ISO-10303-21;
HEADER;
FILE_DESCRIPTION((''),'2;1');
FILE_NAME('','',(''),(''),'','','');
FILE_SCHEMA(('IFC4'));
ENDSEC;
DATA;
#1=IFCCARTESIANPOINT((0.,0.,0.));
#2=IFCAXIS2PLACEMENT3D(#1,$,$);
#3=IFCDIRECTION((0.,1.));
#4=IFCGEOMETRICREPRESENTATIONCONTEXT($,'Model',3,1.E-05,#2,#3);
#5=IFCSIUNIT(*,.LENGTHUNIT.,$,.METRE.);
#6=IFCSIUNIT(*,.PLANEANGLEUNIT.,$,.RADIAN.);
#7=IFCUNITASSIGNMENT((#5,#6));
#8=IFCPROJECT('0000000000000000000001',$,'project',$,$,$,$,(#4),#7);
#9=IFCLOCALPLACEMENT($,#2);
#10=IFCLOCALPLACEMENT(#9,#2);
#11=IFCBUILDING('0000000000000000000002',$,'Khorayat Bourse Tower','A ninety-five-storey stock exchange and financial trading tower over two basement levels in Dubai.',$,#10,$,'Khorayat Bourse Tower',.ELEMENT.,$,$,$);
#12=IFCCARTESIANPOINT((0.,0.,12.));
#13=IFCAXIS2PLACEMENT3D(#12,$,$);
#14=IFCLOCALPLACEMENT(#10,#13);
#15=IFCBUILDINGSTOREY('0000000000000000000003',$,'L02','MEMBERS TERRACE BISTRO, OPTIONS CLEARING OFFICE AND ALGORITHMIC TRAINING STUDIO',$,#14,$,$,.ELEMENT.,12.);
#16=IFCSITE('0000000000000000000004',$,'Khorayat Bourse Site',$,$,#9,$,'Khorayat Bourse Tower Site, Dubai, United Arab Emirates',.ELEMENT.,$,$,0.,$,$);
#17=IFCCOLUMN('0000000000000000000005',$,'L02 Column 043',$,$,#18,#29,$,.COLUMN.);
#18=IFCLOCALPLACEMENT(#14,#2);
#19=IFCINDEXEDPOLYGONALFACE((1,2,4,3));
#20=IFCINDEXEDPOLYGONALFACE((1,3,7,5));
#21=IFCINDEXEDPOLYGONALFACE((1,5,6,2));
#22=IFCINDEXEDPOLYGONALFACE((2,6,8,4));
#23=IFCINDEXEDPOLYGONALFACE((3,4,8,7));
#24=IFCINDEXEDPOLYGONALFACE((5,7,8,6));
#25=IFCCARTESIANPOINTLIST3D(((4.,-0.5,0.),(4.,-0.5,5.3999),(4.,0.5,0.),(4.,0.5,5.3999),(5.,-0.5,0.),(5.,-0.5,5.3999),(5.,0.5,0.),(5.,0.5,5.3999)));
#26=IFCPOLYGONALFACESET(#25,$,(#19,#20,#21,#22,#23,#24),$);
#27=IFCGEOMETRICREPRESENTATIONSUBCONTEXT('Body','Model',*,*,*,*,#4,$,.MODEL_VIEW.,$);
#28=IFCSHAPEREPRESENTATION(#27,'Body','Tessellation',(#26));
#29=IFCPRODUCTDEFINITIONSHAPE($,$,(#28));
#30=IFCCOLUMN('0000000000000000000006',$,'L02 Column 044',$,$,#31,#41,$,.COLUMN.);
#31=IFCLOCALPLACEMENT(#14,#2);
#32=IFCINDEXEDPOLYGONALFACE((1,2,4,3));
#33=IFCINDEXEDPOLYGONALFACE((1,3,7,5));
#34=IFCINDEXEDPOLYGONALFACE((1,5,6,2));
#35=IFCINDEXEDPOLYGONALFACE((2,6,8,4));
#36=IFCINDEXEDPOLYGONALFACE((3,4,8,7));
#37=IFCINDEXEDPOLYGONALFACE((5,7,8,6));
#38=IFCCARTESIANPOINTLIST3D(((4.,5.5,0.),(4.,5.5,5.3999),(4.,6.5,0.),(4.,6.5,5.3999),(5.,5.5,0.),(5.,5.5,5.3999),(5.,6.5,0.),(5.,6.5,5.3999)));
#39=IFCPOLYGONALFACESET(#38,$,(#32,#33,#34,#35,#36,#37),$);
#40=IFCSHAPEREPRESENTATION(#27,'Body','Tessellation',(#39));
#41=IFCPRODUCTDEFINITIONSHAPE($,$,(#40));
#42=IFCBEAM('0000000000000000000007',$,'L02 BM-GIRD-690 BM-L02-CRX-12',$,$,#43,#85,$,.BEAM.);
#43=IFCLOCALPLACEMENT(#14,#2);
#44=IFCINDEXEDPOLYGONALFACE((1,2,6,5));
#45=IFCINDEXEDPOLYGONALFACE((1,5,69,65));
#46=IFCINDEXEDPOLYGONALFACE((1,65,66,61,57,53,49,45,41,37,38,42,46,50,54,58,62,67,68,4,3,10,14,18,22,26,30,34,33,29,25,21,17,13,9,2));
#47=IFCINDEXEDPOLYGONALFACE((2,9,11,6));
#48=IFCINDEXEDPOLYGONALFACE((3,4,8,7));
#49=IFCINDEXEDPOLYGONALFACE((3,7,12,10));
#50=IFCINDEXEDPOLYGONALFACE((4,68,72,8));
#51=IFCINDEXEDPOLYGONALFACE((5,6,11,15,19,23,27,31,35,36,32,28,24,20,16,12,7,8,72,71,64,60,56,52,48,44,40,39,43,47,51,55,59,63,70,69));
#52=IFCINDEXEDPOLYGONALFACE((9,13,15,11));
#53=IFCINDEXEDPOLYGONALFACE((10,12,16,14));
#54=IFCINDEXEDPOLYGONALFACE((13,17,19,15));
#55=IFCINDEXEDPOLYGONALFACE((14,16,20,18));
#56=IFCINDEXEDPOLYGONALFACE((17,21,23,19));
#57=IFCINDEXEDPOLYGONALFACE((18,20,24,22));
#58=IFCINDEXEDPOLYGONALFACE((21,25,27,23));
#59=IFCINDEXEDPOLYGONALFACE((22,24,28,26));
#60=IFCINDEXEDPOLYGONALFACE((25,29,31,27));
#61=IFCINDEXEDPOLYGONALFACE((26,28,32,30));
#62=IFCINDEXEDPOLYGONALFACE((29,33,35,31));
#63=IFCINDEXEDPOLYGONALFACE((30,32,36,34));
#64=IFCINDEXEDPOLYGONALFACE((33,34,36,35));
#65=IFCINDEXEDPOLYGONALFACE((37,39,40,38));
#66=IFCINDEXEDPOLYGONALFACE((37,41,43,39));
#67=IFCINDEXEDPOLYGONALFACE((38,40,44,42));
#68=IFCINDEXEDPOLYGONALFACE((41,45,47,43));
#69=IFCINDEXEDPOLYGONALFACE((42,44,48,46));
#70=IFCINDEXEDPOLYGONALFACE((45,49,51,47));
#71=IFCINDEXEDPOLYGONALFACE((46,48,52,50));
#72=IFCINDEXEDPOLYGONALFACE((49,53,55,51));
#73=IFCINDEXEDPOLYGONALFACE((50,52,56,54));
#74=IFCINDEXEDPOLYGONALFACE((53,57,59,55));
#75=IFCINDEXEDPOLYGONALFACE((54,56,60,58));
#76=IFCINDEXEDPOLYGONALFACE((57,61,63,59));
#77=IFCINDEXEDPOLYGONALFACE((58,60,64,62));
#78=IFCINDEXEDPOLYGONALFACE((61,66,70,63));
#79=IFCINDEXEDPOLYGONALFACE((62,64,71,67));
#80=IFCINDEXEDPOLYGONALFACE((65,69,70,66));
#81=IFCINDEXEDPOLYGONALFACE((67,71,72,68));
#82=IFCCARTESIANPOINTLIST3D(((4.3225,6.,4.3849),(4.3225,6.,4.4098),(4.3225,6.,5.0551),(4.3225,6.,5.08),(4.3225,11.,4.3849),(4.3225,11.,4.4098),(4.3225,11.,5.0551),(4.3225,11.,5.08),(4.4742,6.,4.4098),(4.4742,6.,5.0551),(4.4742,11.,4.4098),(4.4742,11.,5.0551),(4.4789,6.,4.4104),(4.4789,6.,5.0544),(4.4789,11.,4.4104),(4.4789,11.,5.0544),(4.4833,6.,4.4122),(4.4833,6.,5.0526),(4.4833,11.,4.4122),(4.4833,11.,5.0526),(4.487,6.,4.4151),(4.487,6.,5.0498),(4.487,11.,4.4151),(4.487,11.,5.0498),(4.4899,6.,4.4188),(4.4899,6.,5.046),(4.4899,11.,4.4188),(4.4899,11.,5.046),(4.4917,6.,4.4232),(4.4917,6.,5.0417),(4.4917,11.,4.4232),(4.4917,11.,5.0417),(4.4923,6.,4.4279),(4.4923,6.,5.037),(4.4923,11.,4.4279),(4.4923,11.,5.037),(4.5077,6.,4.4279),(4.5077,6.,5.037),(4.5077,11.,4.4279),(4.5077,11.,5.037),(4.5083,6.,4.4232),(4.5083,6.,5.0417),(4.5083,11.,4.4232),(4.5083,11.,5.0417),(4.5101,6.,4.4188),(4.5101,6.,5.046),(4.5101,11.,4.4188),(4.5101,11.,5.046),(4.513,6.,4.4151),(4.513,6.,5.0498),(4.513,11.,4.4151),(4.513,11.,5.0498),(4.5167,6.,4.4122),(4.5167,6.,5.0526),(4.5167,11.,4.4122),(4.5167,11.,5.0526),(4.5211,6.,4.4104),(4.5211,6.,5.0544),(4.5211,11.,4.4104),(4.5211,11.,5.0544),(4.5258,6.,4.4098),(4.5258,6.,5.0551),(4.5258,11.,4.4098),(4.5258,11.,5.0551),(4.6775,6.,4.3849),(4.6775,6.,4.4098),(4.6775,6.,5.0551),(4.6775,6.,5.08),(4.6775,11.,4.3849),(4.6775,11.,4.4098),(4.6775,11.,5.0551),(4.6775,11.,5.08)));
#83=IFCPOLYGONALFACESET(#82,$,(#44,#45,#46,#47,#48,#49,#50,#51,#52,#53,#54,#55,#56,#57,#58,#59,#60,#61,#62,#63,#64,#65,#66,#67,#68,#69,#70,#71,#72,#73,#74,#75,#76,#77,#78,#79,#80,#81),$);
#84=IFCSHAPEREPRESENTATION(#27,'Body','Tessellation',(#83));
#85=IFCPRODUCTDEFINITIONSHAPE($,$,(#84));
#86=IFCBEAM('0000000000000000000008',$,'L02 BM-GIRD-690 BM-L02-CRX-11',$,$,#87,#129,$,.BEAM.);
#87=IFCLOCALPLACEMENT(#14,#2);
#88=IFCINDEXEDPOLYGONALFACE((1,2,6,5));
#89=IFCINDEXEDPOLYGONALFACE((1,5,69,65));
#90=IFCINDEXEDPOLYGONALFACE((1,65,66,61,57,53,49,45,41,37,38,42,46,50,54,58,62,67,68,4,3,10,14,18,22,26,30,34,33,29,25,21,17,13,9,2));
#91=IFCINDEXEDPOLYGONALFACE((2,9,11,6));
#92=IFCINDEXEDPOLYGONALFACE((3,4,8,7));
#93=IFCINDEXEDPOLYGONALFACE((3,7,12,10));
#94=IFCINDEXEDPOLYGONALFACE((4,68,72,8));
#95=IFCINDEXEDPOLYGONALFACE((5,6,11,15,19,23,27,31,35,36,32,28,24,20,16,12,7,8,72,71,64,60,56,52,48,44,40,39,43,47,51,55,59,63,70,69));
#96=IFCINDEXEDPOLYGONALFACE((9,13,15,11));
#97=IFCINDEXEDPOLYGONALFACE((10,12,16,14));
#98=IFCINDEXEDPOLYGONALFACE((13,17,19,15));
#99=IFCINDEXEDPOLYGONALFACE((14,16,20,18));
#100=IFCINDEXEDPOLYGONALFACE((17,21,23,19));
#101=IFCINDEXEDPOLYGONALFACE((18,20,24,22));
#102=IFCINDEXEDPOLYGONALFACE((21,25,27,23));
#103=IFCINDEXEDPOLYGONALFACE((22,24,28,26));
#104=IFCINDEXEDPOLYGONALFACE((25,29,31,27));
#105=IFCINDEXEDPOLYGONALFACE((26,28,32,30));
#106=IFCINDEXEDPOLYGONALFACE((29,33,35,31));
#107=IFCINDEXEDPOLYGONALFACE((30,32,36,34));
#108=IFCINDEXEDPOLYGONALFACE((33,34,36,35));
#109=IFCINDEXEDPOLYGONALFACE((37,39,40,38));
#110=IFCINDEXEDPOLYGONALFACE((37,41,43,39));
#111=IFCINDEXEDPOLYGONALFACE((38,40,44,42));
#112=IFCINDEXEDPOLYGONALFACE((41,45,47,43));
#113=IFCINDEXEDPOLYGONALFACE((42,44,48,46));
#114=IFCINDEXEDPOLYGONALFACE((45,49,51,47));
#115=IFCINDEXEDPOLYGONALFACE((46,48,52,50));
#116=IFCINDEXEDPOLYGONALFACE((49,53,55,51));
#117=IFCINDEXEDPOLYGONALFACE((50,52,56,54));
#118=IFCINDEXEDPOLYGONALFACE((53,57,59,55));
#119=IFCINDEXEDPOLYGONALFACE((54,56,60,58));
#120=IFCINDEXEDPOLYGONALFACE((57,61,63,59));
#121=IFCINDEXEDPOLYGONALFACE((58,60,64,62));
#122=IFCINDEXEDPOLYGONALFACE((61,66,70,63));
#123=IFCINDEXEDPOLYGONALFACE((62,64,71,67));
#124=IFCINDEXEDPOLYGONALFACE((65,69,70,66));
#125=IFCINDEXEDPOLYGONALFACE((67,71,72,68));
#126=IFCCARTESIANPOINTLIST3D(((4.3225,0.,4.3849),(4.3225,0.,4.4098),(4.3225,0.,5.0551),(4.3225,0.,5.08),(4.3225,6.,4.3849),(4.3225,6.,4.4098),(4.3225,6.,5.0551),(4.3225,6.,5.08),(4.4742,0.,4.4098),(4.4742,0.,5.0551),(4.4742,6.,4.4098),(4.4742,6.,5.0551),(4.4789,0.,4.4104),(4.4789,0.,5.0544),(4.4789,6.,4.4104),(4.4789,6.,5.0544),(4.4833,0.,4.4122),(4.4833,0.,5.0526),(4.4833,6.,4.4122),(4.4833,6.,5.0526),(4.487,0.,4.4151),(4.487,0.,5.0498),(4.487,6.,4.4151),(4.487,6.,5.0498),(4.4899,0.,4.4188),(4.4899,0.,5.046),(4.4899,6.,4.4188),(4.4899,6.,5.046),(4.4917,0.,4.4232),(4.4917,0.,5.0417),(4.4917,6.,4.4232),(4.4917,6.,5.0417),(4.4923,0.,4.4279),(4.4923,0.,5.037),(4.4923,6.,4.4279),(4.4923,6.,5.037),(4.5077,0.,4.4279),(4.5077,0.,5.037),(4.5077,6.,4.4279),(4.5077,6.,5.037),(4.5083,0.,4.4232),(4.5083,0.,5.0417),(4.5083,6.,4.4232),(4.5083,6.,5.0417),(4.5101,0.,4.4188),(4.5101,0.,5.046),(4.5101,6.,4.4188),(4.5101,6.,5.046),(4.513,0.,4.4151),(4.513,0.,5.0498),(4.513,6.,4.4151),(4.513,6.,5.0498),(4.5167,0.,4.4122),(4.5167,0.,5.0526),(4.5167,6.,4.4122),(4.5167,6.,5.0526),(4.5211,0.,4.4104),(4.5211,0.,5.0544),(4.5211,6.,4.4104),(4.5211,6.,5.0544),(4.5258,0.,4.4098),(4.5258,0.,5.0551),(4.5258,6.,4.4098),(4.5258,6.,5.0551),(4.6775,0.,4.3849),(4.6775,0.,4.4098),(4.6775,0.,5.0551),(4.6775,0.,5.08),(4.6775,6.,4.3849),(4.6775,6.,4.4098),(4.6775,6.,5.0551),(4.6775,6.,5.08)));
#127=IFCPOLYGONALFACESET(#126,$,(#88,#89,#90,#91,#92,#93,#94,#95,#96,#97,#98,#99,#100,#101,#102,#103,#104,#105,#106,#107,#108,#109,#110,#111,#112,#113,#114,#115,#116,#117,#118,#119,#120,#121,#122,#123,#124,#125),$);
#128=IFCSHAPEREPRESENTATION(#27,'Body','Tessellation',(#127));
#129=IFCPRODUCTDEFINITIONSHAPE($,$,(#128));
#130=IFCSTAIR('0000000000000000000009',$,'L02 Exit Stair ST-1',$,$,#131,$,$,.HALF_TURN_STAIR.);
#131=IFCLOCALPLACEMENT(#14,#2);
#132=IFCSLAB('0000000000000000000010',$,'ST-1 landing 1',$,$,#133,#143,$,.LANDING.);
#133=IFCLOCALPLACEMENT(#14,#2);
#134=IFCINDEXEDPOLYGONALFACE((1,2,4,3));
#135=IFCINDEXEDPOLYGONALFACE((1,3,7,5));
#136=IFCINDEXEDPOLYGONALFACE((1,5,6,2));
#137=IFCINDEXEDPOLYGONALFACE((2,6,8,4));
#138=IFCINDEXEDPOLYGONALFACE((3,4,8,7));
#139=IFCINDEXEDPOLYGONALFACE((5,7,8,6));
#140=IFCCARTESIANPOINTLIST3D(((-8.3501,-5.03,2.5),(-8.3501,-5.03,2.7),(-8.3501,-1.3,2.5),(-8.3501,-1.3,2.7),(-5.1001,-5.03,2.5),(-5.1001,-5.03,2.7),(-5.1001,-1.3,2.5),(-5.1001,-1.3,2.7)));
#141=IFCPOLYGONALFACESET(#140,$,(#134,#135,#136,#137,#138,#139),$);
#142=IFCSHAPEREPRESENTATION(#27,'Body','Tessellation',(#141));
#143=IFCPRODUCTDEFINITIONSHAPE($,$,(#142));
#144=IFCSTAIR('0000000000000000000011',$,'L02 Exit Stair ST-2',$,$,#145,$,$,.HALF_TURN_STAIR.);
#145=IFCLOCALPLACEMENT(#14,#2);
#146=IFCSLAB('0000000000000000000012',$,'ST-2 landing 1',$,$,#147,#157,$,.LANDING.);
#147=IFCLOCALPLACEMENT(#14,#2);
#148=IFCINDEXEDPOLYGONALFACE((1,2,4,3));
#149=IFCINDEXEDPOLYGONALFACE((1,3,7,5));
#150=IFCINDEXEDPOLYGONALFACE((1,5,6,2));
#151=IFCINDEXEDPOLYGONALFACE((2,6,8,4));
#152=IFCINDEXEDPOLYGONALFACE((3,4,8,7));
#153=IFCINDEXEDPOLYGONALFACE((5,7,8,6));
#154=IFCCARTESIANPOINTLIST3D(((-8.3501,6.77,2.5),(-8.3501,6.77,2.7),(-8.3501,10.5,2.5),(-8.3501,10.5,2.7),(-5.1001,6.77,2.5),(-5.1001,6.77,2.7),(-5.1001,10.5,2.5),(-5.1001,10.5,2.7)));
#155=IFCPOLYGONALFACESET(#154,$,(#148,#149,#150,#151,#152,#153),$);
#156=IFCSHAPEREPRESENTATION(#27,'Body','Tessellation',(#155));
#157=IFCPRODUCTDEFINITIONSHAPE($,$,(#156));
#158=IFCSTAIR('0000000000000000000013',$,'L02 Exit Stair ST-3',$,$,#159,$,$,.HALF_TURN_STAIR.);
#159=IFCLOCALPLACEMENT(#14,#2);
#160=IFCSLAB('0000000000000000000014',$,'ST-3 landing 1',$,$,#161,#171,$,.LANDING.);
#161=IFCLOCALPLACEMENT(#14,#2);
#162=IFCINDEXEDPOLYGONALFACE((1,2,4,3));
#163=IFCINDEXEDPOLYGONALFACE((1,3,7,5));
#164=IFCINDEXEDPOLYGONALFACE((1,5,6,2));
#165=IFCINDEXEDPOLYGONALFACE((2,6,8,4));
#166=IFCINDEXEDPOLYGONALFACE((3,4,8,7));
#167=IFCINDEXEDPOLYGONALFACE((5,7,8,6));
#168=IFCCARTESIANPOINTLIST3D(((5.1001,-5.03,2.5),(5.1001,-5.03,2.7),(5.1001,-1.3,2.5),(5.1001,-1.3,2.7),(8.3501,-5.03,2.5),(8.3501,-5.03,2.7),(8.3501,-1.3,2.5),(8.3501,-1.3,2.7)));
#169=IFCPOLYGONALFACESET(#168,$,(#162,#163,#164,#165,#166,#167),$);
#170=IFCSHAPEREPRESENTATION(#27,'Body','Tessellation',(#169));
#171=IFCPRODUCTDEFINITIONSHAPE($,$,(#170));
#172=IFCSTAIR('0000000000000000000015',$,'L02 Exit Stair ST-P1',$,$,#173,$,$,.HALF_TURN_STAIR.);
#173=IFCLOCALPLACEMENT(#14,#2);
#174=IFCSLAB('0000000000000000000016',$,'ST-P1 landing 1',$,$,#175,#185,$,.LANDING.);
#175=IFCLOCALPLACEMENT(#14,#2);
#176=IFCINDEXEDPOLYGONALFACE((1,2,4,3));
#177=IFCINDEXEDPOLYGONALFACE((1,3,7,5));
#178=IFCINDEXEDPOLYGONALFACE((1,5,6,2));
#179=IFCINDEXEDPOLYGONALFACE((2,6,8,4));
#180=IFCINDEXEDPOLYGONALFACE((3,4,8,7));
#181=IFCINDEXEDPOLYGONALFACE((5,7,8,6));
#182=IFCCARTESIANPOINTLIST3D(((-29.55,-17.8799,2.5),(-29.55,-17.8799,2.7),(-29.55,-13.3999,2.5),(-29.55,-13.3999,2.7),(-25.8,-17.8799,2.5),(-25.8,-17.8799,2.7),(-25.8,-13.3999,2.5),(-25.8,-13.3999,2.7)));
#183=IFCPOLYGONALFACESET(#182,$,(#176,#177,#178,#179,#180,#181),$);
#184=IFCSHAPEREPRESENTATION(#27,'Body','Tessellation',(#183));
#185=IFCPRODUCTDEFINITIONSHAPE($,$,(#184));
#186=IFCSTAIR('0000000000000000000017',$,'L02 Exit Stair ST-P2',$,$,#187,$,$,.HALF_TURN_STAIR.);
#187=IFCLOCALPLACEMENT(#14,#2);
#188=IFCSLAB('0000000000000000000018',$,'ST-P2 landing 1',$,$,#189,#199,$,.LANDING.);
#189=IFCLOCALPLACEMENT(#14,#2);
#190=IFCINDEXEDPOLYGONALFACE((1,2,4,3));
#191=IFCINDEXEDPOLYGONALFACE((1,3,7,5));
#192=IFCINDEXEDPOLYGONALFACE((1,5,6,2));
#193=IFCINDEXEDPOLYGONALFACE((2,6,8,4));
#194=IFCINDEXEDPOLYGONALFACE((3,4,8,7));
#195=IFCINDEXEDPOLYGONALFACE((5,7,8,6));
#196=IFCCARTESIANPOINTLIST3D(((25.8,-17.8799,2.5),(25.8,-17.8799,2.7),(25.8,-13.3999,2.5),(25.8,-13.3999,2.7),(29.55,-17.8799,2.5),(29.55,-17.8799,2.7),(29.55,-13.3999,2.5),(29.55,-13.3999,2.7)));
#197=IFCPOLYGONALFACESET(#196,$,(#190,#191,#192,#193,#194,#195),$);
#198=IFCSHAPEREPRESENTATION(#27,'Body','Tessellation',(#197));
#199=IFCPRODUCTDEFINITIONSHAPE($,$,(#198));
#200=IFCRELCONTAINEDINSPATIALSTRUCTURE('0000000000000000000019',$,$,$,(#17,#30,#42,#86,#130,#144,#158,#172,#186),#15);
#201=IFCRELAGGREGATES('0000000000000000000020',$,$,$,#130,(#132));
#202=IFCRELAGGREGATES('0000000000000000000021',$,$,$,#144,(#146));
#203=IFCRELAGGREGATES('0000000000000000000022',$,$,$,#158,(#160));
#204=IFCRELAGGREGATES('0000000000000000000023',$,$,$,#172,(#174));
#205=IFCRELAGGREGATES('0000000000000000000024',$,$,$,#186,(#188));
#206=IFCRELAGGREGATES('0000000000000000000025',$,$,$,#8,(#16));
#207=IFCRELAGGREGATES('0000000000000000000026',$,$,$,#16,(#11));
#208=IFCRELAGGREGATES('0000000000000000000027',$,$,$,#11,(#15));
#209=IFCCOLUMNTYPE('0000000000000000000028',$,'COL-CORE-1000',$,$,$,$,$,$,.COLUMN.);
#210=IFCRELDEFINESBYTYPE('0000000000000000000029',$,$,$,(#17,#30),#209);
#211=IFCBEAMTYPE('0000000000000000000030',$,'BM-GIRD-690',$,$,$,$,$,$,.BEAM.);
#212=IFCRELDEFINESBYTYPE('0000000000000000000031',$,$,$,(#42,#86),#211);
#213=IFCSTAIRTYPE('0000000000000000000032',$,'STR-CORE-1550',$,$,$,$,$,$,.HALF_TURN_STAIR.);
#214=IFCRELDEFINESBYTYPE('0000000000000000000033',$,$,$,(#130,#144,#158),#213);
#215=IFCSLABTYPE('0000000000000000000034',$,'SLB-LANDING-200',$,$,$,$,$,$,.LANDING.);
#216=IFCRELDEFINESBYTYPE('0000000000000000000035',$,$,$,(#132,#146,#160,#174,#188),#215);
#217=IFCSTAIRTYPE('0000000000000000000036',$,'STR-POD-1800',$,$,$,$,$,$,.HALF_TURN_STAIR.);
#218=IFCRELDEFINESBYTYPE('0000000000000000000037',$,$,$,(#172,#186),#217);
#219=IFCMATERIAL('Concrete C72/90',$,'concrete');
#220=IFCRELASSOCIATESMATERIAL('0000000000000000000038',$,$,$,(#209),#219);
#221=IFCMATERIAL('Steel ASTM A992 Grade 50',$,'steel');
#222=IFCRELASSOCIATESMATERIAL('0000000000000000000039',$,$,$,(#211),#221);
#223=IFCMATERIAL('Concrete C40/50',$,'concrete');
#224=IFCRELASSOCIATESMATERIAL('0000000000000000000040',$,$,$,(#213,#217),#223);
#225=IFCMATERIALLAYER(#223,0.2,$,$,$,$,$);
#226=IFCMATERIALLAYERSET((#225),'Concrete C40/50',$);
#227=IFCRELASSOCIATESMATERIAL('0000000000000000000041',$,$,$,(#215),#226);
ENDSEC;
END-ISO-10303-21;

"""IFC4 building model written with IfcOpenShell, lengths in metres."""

from ifc_helpers import new_model, si_unit, direction, frame, origin, origin_2d, place, context, subcontext, project, spatial, polyline, rectangle, i_section, outline, extrude, source, transform, mapped, material, layer, layer_set, material_profile, profile_set, type_object, element, aggregate, save


model = new_model("IFC4")

# Units and contexts
model_context = context("Model", 3, precision=1e-05, world=origin(), true_north=direction((0.0, 1.0)))
body_context = subcontext(model_context, "Body", "Model", "MODEL_VIEW")
ifc_project = project(units=[si_unit("LENGTHUNIT", "METRE"), si_unit("PLANEANGLEUNIT", "RADIAN")], contexts=[model_context])

# Site, building, storey
site_placement = place(None, origin())
site = spatial("IfcSite", under=ifc_project, at=site_placement, Name="Khorayat Bourse Site", LongName="Khorayat Bourse Tower Site, Dubai, United Arab Emirates", CompositionType="ELEMENT", RefElevation=0.0)
building_placement = place(site_placement, origin())
building = spatial("IfcBuilding", under=site, at=building_placement, Name="Khorayat Bourse Tower", Description="A ninety-five-storey stock exchange and financial trading tower over two basement levels in Dubai.", LongName="Khorayat Bourse Tower", CompositionType="ELEMENT")
storey_placement = place(building_placement, frame((0.0, 0.0, 12.0)))
storey = spatial("IfcBuildingStorey", under=building, at=storey_placement, Name="L02", Description="MEMBERS TERRACE BISTRO, OPTIONS CLEARING OFFICE AND ALGORITHMIC TRAINING STUDIO", CompositionType="ELEMENT", Elevation=12.0)

# Columns
ifc_material_1 = material(Name="Concrete C72/90", Category="concrete")
ifc_material_profile_1 = material_profile(ifc_material_1, rectangle(XDim=1.0, YDim=1.0, at=origin_2d()), Name="RC 1000x1000")
ifc_profile_set_1 = profile_set([ifc_material_profile_1], Name="Concrete C72/90")
column_type = type_object("IfcColumnType", Name="COL-CORE-1000", PredefinedType="COLUMN", material=ifc_profile_set_1)
shared_shape_1 = source(origin(), body_context, "Body", "SweptSolid", [
    extrude(rectangle(XDim=1.0, YDim=1.0, at=origin_2d()), origin(), (0.0, 0.0, 1.0), 5.3999),
])
for number, where, z_axis, x_axis, name in (
    (1, (4.5, 0.0, 0.0), (0.0, 0.0, 1.0), (1.0, 0.0, 0.0), "L02 Column 043"),
    (2, (4.5, 6.0, 0.0), (0.0, 0.0, 1.0), (1.0, 0.0, 0.0), "L02 Column 044"),
):
    element("IfcColumn", number, at=place(storey_placement, frame(where, z_axis=z_axis, x_axis=x_axis)), inside=storey, type_object=column_type, Name=name, PredefinedType="COLUMN", context=body_context, shape_type="MappedRepresentation", body=[
        mapped(shared_shape_1, transform((0.0, 0.0, 0.0), scale=1.0)),
    ])

# Beams
ifc_material_2 = material(Name="Steel ASTM A992 Grade 50", Category="steel")
ifc_material_profile_2 = material_profile(ifc_material_2, i_section(OverallWidth=0.355, OverallDepth=0.6951, WebThickness=0.0154, FlangeThickness=0.0249, FilletRadius=0.0181, at=origin_2d()), Name="W690X217")
ifc_profile_set_2 = profile_set([ifc_material_profile_2], Name="Steel ASTM A992 Grade 50")
beam_type = type_object("IfcBeamType", Name="BM-GIRD-690", PredefinedType="BEAM", material=ifc_profile_set_2)
shared_shape_2 = source(origin(), body_context, "Body", "SweptSolid", [
    extrude(i_section(OverallWidth=0.355, OverallDepth=0.6951, WebThickness=0.0154, FlangeThickness=0.0249, FilletRadius=0.0181, at=origin_2d()), origin(), (0.0, 0.0, 1.0), 5.0),
])
beam_1_placement = place(storey_placement, frame((4.5, 6.0, 4.7324), z_axis=(0.0, 1.0, 0.0), x_axis=(-1.0, 0.0, 0.0)))
element("IfcBeam", 3, at=beam_1_placement, inside=storey, type_object=beam_type, Name="L02 BM-GIRD-690 BM-L02-CRX-12", PredefinedType="BEAM", context=body_context, shape_type="MappedRepresentation", body=[
    mapped(shared_shape_2, transform((0.0, 0.0, 0.0), scale=1.0)),
])
shared_shape_3 = source(origin(), body_context, "Body", "SweptSolid", [
    extrude(i_section(OverallWidth=0.355, OverallDepth=0.6951, WebThickness=0.0154, FlangeThickness=0.0249, FilletRadius=0.0181, at=origin_2d()), origin(), (0.0, 0.0, 1.0), 6.0),
])
beam_2_placement = place(storey_placement, frame((4.5, 0.0, 4.7324), z_axis=(0.0, 1.0, 0.0), x_axis=(-1.0, 0.0, 0.0)))
element("IfcBeam", 4, at=beam_2_placement, inside=storey, type_object=beam_type, Name="L02 BM-GIRD-690 BM-L02-CRX-11", PredefinedType="BEAM", context=body_context, shape_type="MappedRepresentation", body=[
    mapped(shared_shape_3, transform((0.0, 0.0, 0.0), scale=1.0)),
])

# Stairs, slabs
ifc_material_3 = material(Name="Concrete C40/50", Category="concrete")
stair_type_1 = type_object("IfcStairType", Name="STR-CORE-1550", PredefinedType="HALF_TURN_STAIR", material=ifc_material_3)
stair_1_placement = place(storey_placement, origin())
stair_1 = element("IfcStair", 5, at=stair_1_placement, inside=storey, type_object=stair_type_1, Name="L02 Exit Stair ST-1", PredefinedType="HALF_TURN_STAIR")
ifc_layer_1 = layer(ifc_material_3, 0.2)
ifc_layer_set_1 = layer_set([ifc_layer_1], Name="Concrete C40/50")
slab_type_1 = type_object("IfcSlabType", Name="SLB-LANDING-200", PredefinedType="LANDING", material=ifc_layer_set_1)
slab_1_placement = place(storey_placement, frame((0.0, 0.0, 2.5)))
slab_1 = element("IfcSlab", 6, at=slab_1_placement, type_object=slab_type_1, Name="ST-1 landing 1", PredefinedType="LANDING", context=body_context, shape_type="SweptSolid", body=[
    extrude(outline(polyline([(-5.1001, -5.03), (-5.1001, -1.3), (-8.3501, -1.3), (-8.3501, -5.03), (-5.1001, -5.03)])), origin(), (0.0, 0.0, 1.0), 0.2),
])
aggregate(stair_1, [slab_1])
stair_2_placement = place(storey_placement, origin())
stair_2 = element("IfcStair", 7, at=stair_2_placement, inside=storey, type_object=stair_type_1, Name="L02 Exit Stair ST-2", PredefinedType="HALF_TURN_STAIR")
slab_2_placement = place(storey_placement, frame((0.0, 0.0, 2.5)))
slab_2 = element("IfcSlab", 8, at=slab_2_placement, type_object=slab_type_1, Name="ST-2 landing 1", PredefinedType="LANDING", context=body_context, shape_type="SweptSolid", body=[
    extrude(outline(polyline([(-5.1001, 6.77), (-5.1001, 10.5), (-8.3501, 10.5), (-8.3501, 6.77), (-5.1001, 6.77)])), origin(), (0.0, 0.0, 1.0), 0.2),
])
aggregate(stair_2, [slab_2])
stair_3_placement = place(storey_placement, origin())
stair_3 = element("IfcStair", 9, at=stair_3_placement, inside=storey, type_object=stair_type_1, Name="L02 Exit Stair ST-3", PredefinedType="HALF_TURN_STAIR")
slab_3_placement = place(storey_placement, frame((0.0, 0.0, 2.5)))
slab_3 = element("IfcSlab", 10, at=slab_3_placement, type_object=slab_type_1, Name="ST-3 landing 1", PredefinedType="LANDING", context=body_context, shape_type="SweptSolid", body=[
    extrude(outline(polyline([(8.3501, -5.03), (8.3501, -1.3), (5.1001, -1.3), (5.1001, -5.03), (8.3501, -5.03)])), origin(), (0.0, 0.0, 1.0), 0.2),
])
aggregate(stair_3, [slab_3])
stair_type_2 = type_object("IfcStairType", Name="STR-POD-1800", PredefinedType="HALF_TURN_STAIR", material=ifc_material_3)
stair_4_placement = place(storey_placement, origin())
stair_4 = element("IfcStair", 11, at=stair_4_placement, inside=storey, type_object=stair_type_2, Name="L02 Exit Stair ST-P1", PredefinedType="HALF_TURN_STAIR")
slab_4_placement = place(storey_placement, frame((0.0, 0.0, 2.5)))
slab_4 = element("IfcSlab", 12, at=slab_4_placement, type_object=slab_type_1, Name="ST-P1 landing 1", PredefinedType="LANDING", context=body_context, shape_type="SweptSolid", body=[
    extrude(outline(polyline([(-25.8, -17.8799), (-25.8, -13.3999), (-29.55, -13.3999), (-29.55, -17.8799), (-25.8, -17.8799)])), origin(), (0.0, 0.0, 1.0), 0.2),
])
aggregate(stair_4, [slab_4])
stair_5_placement = place(storey_placement, origin())
stair_5 = element("IfcStair", 13, at=stair_5_placement, inside=storey, type_object=stair_type_2, Name="L02 Exit Stair ST-P2", PredefinedType="HALF_TURN_STAIR")
slab_5_placement = place(storey_placement, frame((0.0, 0.0, 2.5)))
slab_5 = element("IfcSlab", 14, at=slab_5_placement, type_object=slab_type_1, Name="ST-P2 landing 1", PredefinedType="LANDING", context=body_context, shape_type="SweptSolid", body=[
    extrude(outline(polyline([(29.55, -17.8799), (29.55, -13.3999), (25.8, -13.3999), (25.8, -17.8799), (29.55, -17.8799)])), origin(), (0.0, 0.0, 1.0), 0.2),
])
aggregate(stair_5, [slab_5])

save(model, "model.ifc")
